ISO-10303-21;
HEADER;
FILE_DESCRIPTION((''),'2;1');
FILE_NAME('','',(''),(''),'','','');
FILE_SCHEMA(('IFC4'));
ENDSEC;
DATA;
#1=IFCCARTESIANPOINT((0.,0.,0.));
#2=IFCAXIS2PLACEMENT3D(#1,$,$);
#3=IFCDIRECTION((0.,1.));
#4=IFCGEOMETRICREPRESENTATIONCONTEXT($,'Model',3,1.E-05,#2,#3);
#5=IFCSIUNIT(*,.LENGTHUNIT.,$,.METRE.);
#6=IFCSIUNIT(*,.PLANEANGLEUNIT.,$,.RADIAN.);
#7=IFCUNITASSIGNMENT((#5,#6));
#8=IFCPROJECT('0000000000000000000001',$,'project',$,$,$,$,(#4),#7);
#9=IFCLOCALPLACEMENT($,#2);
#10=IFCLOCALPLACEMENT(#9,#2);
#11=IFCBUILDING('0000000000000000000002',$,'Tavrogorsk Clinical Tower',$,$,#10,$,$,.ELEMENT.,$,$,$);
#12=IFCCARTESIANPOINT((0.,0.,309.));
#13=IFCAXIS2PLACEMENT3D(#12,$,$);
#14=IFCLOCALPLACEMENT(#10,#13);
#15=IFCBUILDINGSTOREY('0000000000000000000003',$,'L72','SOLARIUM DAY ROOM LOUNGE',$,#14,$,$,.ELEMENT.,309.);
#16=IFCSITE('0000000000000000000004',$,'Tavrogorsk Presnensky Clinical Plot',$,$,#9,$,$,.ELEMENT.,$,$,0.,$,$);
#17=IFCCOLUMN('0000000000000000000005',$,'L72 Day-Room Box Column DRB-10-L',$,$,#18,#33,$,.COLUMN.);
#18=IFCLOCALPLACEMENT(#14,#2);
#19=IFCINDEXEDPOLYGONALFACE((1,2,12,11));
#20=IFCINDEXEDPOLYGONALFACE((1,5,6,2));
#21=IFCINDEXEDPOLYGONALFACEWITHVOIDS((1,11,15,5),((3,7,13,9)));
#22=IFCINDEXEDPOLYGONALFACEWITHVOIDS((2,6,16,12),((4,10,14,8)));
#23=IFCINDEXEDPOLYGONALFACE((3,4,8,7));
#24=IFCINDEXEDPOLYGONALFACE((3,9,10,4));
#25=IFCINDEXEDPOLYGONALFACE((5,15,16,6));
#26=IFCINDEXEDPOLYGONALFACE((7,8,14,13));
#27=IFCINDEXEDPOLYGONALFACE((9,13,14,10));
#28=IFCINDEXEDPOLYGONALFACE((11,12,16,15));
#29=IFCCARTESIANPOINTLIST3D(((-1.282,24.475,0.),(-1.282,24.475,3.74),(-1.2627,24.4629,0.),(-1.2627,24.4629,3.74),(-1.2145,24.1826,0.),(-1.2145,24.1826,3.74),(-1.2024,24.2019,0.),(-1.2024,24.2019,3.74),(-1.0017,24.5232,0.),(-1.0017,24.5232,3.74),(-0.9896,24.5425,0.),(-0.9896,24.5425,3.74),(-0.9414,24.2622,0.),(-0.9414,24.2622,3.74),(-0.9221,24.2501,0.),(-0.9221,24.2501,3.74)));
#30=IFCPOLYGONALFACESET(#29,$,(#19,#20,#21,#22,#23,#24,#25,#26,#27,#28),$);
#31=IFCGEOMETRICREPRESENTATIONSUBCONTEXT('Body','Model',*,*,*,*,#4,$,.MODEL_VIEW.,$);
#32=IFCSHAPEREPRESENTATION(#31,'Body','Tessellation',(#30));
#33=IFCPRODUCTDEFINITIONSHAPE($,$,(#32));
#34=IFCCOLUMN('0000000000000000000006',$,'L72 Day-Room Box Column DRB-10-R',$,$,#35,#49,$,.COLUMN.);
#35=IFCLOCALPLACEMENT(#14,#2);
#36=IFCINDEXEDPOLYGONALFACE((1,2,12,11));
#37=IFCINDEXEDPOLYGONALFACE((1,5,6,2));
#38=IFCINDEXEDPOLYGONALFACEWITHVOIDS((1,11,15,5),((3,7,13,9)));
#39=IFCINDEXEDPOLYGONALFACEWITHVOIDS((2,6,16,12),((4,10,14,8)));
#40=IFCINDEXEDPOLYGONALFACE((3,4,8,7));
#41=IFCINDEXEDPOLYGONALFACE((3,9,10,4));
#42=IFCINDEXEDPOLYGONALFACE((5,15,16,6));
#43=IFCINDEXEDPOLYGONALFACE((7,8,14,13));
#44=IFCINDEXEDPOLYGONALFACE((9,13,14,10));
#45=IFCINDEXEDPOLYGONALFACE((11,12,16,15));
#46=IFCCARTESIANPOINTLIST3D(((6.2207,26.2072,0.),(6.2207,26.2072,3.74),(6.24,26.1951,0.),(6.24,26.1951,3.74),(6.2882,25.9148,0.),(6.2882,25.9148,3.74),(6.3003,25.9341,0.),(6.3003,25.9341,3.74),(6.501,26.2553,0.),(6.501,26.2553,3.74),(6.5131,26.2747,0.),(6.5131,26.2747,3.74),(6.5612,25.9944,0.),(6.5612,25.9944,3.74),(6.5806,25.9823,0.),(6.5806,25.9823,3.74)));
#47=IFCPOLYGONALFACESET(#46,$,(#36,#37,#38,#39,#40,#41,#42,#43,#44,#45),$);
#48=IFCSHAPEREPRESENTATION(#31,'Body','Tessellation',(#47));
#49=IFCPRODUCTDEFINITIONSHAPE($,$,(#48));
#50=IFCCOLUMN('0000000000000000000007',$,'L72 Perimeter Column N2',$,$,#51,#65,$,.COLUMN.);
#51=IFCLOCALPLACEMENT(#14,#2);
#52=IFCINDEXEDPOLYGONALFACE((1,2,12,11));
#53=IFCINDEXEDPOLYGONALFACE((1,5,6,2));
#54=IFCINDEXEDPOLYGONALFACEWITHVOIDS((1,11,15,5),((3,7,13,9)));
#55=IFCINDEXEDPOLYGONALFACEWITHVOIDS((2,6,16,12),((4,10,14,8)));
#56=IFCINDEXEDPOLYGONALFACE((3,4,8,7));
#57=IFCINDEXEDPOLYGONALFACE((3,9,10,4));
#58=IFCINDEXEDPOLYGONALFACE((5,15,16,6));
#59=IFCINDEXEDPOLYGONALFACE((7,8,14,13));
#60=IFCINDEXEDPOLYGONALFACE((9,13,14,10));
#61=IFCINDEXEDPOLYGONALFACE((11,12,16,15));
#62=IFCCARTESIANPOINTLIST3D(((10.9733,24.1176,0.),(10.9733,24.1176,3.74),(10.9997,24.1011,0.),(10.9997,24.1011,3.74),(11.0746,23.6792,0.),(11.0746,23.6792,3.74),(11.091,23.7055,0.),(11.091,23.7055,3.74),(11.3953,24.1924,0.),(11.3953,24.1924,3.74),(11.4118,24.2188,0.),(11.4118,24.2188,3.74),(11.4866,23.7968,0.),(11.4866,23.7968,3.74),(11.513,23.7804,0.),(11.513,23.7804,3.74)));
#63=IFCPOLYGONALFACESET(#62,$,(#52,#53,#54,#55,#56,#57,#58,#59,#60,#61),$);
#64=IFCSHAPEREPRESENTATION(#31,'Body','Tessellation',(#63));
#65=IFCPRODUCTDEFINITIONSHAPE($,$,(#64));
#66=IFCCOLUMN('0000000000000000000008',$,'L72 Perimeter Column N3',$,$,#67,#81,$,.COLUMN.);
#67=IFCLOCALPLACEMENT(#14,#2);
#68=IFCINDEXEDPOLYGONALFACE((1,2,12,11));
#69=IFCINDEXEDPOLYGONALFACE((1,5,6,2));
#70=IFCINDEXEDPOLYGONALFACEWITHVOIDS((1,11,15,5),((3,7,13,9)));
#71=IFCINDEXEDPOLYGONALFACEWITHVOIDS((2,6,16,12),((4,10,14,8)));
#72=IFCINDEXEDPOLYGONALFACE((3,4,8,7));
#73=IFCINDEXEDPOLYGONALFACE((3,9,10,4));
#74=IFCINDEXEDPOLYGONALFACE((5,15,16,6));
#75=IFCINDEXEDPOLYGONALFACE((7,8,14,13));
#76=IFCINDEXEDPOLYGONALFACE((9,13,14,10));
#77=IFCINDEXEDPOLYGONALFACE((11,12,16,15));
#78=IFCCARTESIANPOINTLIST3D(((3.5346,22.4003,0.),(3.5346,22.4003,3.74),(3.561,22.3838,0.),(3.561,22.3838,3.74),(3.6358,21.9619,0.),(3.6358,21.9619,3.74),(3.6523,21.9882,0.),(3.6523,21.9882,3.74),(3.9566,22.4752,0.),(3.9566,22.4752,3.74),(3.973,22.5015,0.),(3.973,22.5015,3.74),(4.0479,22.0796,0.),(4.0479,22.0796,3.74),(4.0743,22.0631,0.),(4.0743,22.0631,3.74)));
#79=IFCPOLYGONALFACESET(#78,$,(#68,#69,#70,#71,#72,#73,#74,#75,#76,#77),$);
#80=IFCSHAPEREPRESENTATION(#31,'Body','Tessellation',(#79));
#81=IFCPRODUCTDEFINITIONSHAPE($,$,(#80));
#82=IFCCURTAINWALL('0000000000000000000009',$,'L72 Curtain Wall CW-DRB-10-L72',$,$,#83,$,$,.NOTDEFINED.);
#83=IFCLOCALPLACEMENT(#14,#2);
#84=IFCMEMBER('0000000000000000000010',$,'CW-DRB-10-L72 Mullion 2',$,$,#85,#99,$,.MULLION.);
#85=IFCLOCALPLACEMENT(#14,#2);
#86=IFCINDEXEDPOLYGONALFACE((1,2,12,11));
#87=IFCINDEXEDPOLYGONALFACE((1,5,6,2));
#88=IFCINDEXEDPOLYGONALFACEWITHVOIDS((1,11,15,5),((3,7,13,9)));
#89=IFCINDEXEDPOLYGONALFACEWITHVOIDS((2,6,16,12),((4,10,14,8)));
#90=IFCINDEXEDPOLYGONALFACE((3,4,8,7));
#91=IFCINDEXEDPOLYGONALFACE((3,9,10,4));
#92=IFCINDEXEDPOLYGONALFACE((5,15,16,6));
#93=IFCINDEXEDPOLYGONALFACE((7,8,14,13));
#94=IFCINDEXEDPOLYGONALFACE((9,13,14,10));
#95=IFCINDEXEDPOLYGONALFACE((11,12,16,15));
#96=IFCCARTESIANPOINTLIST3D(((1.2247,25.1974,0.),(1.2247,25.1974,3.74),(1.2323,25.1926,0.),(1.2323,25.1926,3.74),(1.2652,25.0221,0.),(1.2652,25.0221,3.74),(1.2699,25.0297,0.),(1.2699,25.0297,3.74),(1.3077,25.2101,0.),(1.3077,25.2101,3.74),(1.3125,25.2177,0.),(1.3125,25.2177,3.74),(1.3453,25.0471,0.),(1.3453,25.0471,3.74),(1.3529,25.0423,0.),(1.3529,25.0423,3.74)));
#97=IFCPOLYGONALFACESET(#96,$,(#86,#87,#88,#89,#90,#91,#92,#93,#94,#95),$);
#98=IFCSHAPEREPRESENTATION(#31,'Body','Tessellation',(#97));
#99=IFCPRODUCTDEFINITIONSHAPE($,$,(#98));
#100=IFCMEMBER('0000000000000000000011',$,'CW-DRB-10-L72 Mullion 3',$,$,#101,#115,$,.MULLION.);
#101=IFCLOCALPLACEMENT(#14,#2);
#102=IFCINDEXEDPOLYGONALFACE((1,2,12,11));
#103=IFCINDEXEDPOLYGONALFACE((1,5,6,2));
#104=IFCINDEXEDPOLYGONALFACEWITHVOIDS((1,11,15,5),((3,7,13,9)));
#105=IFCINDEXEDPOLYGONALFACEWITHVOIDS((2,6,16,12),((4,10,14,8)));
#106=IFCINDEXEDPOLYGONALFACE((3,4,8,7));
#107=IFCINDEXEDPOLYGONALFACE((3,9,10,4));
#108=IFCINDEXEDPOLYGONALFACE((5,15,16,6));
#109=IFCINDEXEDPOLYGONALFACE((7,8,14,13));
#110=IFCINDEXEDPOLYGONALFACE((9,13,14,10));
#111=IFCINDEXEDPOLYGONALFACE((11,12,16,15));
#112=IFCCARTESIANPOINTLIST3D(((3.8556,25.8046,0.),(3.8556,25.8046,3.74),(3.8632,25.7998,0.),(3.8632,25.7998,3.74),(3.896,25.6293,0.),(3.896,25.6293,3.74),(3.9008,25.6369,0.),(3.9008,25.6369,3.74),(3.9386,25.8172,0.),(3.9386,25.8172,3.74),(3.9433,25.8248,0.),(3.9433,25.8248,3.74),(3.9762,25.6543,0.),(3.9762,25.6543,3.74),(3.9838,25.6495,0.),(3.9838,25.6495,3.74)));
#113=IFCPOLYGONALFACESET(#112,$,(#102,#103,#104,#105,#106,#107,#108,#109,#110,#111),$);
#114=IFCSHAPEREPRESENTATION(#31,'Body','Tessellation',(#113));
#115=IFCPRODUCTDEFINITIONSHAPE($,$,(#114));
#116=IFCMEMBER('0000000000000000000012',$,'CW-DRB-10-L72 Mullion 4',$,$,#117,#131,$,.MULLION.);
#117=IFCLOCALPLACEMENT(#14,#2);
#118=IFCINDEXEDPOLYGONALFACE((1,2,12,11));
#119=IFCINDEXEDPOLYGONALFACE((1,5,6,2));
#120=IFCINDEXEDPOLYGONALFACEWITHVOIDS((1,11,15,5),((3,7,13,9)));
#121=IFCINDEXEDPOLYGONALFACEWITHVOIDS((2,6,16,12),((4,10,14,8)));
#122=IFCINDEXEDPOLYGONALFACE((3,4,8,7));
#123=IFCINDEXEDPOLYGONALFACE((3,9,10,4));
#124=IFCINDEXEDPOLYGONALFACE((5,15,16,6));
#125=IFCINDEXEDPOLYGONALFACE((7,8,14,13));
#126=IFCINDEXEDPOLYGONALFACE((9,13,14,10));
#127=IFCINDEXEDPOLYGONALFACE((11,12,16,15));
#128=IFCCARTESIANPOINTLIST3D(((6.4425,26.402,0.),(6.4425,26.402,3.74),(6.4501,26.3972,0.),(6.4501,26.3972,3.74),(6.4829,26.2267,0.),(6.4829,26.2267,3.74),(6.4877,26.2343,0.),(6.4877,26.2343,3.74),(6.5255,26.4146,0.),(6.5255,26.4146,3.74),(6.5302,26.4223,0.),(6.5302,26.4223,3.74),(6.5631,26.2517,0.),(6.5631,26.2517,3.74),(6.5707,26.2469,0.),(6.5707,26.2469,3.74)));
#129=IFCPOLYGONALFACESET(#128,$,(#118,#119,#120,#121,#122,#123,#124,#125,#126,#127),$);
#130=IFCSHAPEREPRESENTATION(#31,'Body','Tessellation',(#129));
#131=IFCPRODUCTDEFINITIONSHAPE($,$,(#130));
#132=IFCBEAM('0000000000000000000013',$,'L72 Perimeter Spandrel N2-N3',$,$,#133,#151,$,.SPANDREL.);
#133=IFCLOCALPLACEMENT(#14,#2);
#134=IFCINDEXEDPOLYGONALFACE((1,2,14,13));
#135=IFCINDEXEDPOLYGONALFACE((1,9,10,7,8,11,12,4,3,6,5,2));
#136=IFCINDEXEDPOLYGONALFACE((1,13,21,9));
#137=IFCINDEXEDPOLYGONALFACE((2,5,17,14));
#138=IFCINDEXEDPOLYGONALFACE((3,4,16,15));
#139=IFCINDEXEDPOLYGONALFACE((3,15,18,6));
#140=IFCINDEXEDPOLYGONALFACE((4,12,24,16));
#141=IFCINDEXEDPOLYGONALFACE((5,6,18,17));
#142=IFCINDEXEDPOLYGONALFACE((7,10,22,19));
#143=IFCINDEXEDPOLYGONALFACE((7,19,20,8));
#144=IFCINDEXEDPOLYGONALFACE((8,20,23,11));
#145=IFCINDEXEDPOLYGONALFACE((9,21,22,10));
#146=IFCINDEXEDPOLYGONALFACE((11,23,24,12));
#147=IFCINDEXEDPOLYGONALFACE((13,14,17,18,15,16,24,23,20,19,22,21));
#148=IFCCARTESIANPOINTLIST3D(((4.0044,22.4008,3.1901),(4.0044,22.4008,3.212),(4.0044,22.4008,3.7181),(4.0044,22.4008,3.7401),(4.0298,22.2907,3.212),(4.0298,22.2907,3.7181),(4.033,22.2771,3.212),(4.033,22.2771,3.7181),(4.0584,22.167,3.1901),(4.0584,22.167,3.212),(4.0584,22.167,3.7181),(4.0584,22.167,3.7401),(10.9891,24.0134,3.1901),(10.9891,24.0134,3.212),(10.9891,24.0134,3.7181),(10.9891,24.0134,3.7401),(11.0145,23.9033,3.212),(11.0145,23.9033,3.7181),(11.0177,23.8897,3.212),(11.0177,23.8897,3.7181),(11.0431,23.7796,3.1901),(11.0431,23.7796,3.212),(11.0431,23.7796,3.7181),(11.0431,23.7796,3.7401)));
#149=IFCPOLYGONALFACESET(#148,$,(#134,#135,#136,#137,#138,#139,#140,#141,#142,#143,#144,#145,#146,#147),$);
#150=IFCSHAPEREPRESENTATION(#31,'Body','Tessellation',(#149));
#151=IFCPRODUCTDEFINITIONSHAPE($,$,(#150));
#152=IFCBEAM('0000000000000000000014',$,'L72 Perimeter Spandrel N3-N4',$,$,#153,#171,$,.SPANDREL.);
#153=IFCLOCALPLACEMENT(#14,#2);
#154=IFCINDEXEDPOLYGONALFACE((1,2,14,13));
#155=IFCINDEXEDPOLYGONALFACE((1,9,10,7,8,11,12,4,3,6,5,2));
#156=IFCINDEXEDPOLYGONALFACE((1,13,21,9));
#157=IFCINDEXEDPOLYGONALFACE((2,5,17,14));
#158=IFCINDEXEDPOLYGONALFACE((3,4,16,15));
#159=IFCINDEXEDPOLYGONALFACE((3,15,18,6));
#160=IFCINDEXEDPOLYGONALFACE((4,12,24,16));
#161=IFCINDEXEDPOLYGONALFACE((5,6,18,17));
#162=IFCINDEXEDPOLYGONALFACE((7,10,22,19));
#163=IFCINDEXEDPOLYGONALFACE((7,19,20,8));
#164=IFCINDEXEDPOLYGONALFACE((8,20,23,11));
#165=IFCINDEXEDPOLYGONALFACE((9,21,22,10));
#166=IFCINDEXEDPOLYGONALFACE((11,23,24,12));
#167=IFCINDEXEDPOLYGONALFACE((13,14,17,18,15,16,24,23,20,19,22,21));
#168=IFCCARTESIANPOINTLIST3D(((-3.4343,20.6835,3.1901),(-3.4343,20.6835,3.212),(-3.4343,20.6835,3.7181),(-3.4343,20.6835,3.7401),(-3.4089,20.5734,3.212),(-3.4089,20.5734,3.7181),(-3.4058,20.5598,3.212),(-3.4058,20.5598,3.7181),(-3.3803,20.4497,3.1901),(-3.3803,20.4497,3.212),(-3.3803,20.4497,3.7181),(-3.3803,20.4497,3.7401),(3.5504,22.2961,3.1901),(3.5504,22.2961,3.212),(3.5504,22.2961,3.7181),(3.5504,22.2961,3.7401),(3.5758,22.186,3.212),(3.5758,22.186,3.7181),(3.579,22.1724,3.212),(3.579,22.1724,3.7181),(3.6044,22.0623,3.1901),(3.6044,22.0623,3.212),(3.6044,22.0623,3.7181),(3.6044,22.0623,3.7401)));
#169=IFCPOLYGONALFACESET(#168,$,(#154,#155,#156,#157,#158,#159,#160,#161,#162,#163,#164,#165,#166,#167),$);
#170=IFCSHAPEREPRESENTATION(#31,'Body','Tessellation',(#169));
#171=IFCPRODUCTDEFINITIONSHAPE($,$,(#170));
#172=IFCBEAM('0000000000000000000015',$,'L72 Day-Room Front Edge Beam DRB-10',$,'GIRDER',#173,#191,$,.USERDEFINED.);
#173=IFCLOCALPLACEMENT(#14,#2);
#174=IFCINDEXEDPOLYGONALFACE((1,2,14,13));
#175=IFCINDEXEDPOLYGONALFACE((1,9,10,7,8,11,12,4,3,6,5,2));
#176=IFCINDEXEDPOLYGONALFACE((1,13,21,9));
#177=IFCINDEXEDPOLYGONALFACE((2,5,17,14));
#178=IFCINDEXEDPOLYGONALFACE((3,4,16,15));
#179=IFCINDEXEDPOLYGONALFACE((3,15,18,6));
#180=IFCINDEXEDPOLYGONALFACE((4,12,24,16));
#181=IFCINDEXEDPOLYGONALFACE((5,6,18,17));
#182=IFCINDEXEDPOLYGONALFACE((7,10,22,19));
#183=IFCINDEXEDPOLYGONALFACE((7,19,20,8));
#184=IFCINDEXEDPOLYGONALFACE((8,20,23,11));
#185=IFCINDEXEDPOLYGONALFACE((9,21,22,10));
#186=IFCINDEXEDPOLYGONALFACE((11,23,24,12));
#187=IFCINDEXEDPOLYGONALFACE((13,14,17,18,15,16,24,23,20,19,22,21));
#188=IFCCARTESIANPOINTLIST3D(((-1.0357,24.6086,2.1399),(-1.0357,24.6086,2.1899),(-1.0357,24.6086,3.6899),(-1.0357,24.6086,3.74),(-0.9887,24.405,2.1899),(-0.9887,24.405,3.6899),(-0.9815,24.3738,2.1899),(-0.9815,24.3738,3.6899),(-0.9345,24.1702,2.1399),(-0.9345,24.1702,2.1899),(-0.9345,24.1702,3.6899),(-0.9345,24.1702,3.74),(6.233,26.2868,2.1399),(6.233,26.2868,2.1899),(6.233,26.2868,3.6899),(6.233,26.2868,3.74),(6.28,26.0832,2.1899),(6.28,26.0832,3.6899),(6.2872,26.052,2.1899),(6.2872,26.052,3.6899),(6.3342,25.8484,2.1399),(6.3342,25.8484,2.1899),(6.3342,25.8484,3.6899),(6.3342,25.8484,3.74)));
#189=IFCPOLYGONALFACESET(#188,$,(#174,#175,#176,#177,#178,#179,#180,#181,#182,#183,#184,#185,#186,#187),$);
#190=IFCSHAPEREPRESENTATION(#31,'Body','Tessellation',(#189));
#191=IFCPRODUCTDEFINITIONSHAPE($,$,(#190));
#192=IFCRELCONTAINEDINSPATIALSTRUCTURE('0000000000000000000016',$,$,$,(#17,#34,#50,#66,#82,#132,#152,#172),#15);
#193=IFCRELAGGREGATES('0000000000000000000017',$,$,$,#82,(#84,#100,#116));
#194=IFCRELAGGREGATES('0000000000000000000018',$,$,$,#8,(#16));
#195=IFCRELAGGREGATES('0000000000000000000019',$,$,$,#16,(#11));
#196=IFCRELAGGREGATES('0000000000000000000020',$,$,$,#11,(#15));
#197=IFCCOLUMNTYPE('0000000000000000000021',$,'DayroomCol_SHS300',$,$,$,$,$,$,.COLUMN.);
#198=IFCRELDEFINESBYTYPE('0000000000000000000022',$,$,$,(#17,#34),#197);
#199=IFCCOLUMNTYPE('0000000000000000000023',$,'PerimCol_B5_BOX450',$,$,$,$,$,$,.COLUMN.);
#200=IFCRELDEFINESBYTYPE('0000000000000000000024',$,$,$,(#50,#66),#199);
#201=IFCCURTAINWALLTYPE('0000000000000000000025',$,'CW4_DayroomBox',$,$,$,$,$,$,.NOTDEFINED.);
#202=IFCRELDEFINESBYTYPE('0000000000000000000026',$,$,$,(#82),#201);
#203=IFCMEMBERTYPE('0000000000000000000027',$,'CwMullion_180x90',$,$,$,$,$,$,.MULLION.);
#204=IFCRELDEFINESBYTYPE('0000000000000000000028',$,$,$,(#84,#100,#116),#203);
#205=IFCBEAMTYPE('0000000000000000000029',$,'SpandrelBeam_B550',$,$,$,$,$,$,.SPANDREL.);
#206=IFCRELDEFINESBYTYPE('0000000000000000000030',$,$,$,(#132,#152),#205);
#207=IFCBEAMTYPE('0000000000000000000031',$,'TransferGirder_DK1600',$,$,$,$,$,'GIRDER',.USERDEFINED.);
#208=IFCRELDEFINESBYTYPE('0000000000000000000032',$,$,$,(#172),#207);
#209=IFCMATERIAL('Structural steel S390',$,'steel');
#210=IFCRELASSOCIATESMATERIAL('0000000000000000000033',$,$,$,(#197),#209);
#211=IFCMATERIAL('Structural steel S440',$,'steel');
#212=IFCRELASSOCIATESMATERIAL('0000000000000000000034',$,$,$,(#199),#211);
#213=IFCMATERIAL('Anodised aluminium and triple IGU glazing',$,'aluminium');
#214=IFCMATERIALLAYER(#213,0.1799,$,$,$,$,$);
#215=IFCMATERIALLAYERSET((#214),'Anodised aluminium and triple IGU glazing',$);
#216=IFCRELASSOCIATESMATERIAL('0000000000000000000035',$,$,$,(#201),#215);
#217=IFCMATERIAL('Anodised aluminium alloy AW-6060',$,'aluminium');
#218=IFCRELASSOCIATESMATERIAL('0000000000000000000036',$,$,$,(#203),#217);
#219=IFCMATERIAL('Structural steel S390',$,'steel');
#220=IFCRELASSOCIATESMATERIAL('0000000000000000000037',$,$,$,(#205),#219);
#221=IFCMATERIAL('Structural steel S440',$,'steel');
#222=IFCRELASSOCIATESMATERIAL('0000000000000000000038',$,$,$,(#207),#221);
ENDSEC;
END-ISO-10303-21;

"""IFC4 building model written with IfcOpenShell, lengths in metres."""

from ifc_helpers import new_model, si_unit, direction, frame, origin, origin_2d, place, context, subcontext, project, spatial, hollow_rectangle, i_section, extrude, material, layer, layer_set, material_profile, profile_set, type_object, element, aggregate, save


model = new_model("IFC4")

# Units and contexts
model_context = context("Model", 3, precision=1e-05, world=origin(), true_north=direction((0.0, 1.0)))
body_context = subcontext(model_context, "Body", "Model", "MODEL_VIEW")
ifc_project = project(units=[si_unit("LENGTHUNIT", "METRE"), si_unit("PLANEANGLEUNIT", "RADIAN")], contexts=[model_context])

# Site, building, storey
site_placement = place(None, origin())
site = spatial("IfcSite", under=ifc_project, at=site_placement, Name="Tavrogorsk Presnensky Clinical Plot", CompositionType="ELEMENT", RefElevation=0.0)
building_placement = place(site_placement, origin())
building = spatial("IfcBuilding", under=site, at=building_placement, Name="Tavrogorsk Clinical Tower", CompositionType="ELEMENT")
storey_placement = place(building_placement, frame((0.0, 0.0, 309.0)))
storey = spatial("IfcBuildingStorey", under=building, at=storey_placement, Name="L72", Description="SOLARIUM DAY ROOM LOUNGE", CompositionType="ELEMENT", Elevation=309.0)

# Columns
ifc_material_1 = material(Name="Structural steel S390", Category="steel")
ifc_material_profile_1 = material_profile(ifc_material_1, hollow_rectangle(XDim=0.3, YDim=0.3, WallThickness=0.0161, at=origin_2d()), Name="SHS-300x300x16")
ifc_profile_set_1 = profile_set([ifc_material_profile_1], Name="Structural steel S390")
column_type_1 = type_object("IfcColumnType", Name="DayroomCol_SHS300", PredefinedType="COLUMN", material=ifc_profile_set_1)
for number, where, z_axis, x_axis, name in (
    (1, (-1.1021, 24.3625, 0.0), (0.0, 0.0, 1.0), (0.97437, 0.224951, 0.0), "L72 Day-Room Box Column DRB-10-L"),
    (2, (6.4006, 26.0947, 0.0), (0.0, 0.0, 1.0), (0.97437, 0.224951, 0.0), "L72 Day-Room Box Column DRB-10-R"),
):
    element("IfcColumn", number, at=place(storey_placement, frame(where, z_axis=z_axis, x_axis=x_axis)), inside=storey, type_object=column_type_1, Name=name, PredefinedType="COLUMN", context=body_context, shape_type="SweptSolid", body=[
        extrude(hollow_rectangle(XDim=0.3, YDim=0.3, WallThickness=0.0161, at=origin_2d()), origin(), (0.0, 0.0, 1.0), 3.74),
    ])
ifc_material_2 = material(Name="Structural steel S440", Category="steel")
ifc_material_profile_2 = material_profile(ifc_material_2, hollow_rectangle(XDim=0.45, YDim=0.45, WallThickness=0.022, at=origin_2d()), Name="BOX-450x450x22")
ifc_profile_set_2 = profile_set([ifc_material_profile_2], Name="Structural steel S440")
column_type_2 = type_object("IfcColumnType", Name="PerimCol_B5_BOX450", PredefinedType="COLUMN", material=ifc_profile_set_2)
for number, where, z_axis, x_axis, name in (
    (3, (11.2432, 23.949, 0.0), (0.0, 0.0, 1.0), (0.97437, 0.224951, 0.0), "L72 Perimeter Column N2"),
    (4, (3.8044, 22.2317, 0.0), (0.0, 0.0, 1.0), (0.97437, 0.224951, 0.0), "L72 Perimeter Column N3"),
):
    element("IfcColumn", number, at=place(storey_placement, frame(where, z_axis=z_axis, x_axis=x_axis)), inside=storey, type_object=column_type_2, Name=name, PredefinedType="COLUMN", context=body_context, shape_type="SweptSolid", body=[
        extrude(hollow_rectangle(XDim=0.45, YDim=0.45, WallThickness=0.022, at=origin_2d()), origin(), (0.0, 0.0, 1.0), 3.74),
    ])

# Curtain wall, members
ifc_material_3 = material(Name="Anodised aluminium and triple IGU glazing", Category="aluminium")
ifc_layer_1 = layer(ifc_material_3, 0.1799)
ifc_layer_set_1 = layer_set([ifc_layer_1], Name="Anodised aluminium and triple IGU glazing")
curtain_wall_type = type_object("IfcCurtainWallType", Name="CW4_DayroomBox", PredefinedType="NOTDEFINED", material=ifc_layer_set_1)
curtain_wall_placement = place(storey_placement, origin())
curtain_wall = element("IfcCurtainWall", 5, at=curtain_wall_placement, inside=storey, type_object=curtain_wall_type, Name="L72 Curtain Wall CW-DRB-10-L72", PredefinedType="NOTDEFINED")
ifc_material_4 = material(Name="Anodised aluminium alloy AW-6060", Category="aluminium")
ifc_material_profile_3 = material_profile(ifc_material_4, hollow_rectangle(XDim=0.0901, YDim=0.1799, WallThickness=0.0063, at=origin_2d()), Name="RHS-180x90x6.3")
ifc_profile_set_3 = profile_set([ifc_material_profile_3], Name="Anodised aluminium alloy AW-6060")
member_type = type_object("IfcMemberType", Name="CwMullion_180x90", PredefinedType="MULLION", material=ifc_profile_set_3)
member_1_placement = place(storey_placement, frame((1.2888, 25.1199, 0.0), z_axis=(0.0, 0.0, 1.0), x_axis=(0.97437, 0.224951, 0.0)))
member_1 = element("IfcMember", 6, at=member_1_placement, type_object=member_type, Name="CW-DRB-10-L72 Mullion 2", PredefinedType="MULLION", context=body_context, shape_type="SweptSolid", body=[
    extrude(hollow_rectangle(XDim=0.0901, YDim=0.1799, WallThickness=0.0063, at=origin_2d()), origin(), (0.0, 0.0, 1.0), 3.74),
])
member_2_placement = place(storey_placement, frame((3.9197, 25.7271, 0.0), z_axis=(0.0, 0.0, 1.0), x_axis=(0.97437, 0.224951, 0.0)))
member_2 = element("IfcMember", 7, at=member_2_placement, type_object=member_type, Name="CW-DRB-10-L72 Mullion 3", PredefinedType="MULLION", context=body_context, shape_type="SweptSolid", body=[
    extrude(hollow_rectangle(XDim=0.0901, YDim=0.1799, WallThickness=0.0063, at=origin_2d()), origin(), (0.0, 0.0, 1.0), 3.74),
])
member_3_placement = place(storey_placement, frame((6.5066, 26.3245, 0.0), z_axis=(0.0, 0.0, 1.0), x_axis=(0.97437, 0.224951, 0.0)))
member_3 = element("IfcMember", 8, at=member_3_placement, type_object=member_type, Name="CW-DRB-10-L72 Mullion 4", PredefinedType="MULLION", context=body_context, shape_type="SweptSolid", body=[
    extrude(hollow_rectangle(XDim=0.0901, YDim=0.1799, WallThickness=0.0063, at=origin_2d()), origin(), (0.0, 0.0, 1.0), 3.74),
])

# Beams
ifc_material_5 = material(Name="Structural steel S390", Category="steel")
ifc_material_profile_4 = material_profile(ifc_material_5, i_section(OverallWidth=0.24, OverallDepth=0.55, WebThickness=0.0139, FlangeThickness=0.022, at=origin_2d()), Name="B-550x240x14x22")
ifc_profile_set_4 = profile_set([ifc_material_profile_4], Name="Structural steel S390")
beam_type_1 = type_object("IfcBeamType", Name="SpandrelBeam_B550", PredefinedType="SPANDREL", material=ifc_profile_set_4)
for number, where, z_axis, x_axis, name in (
    (9, (11.0161, 23.8965, 3.4651), (-0.974369, -0.224954, 0.0), (0.224954, -0.974369, 0.0), "L72 Perimeter Spandrel N2-N3"),
    (10, (3.5774, 22.1792, 3.4651), (-0.974369, -0.224954, 0.0), (0.224954, -0.974369, 0.0), "L72 Perimeter Spandrel N3-N4"),
):
    element("IfcBeam", number, at=place(storey_placement, frame(where, z_axis=z_axis, x_axis=x_axis)), inside=storey, type_object=beam_type_1, Name=name, PredefinedType="SPANDREL", context=body_context, shape_type="SweptSolid", body=[
        extrude(i_section(OverallWidth=0.24, OverallDepth=0.55, WebThickness=0.0139, FlangeThickness=0.022, at=origin_2d()), origin(), (0.0, 0.0, 1.0), 7.1685),
    ])
ifc_material_6 = material(Name="Structural steel S440", Category="steel")
ifc_material_profile_5 = material_profile(ifc_material_6, i_section(OverallWidth=0.45, OverallDepth=1.6001, WebThickness=0.032, FlangeThickness=0.05, at=origin_2d()), Name="DK-1600x450x32x50")
ifc_profile_set_5 = profile_set([ifc_material_profile_5], Name="Structural steel S440")
beam_type_2 = type_object("IfcBeamType", Name="TransferGirder_DK1600", ElementType="GIRDER", PredefinedType="USERDEFINED", material=ifc_profile_set_5)
beam_placement = place(storey_placement, frame((-0.9851, 24.3894, 2.9399), z_axis=(0.974367, 0.224962, 0.0), x_axis=(-0.224962, 0.974367, 0.0)))
element("IfcBeam", 11, at=beam_placement, inside=storey, type_object=beam_type_2, Name="L72 Day-Room Front Edge Beam DRB-10", ObjectType="GIRDER", PredefinedType="USERDEFINED", context=body_context, shape_type="SweptSolid", body=[
    extrude(i_section(OverallWidth=0.45, OverallDepth=1.6001, WebThickness=0.032, FlangeThickness=0.05, at=origin_2d()), origin(), (0.0, 0.0, 1.0), 7.46),
])

aggregate(curtain_wall, [member_1, member_2, member_3])

save(model, "model.ifc")
